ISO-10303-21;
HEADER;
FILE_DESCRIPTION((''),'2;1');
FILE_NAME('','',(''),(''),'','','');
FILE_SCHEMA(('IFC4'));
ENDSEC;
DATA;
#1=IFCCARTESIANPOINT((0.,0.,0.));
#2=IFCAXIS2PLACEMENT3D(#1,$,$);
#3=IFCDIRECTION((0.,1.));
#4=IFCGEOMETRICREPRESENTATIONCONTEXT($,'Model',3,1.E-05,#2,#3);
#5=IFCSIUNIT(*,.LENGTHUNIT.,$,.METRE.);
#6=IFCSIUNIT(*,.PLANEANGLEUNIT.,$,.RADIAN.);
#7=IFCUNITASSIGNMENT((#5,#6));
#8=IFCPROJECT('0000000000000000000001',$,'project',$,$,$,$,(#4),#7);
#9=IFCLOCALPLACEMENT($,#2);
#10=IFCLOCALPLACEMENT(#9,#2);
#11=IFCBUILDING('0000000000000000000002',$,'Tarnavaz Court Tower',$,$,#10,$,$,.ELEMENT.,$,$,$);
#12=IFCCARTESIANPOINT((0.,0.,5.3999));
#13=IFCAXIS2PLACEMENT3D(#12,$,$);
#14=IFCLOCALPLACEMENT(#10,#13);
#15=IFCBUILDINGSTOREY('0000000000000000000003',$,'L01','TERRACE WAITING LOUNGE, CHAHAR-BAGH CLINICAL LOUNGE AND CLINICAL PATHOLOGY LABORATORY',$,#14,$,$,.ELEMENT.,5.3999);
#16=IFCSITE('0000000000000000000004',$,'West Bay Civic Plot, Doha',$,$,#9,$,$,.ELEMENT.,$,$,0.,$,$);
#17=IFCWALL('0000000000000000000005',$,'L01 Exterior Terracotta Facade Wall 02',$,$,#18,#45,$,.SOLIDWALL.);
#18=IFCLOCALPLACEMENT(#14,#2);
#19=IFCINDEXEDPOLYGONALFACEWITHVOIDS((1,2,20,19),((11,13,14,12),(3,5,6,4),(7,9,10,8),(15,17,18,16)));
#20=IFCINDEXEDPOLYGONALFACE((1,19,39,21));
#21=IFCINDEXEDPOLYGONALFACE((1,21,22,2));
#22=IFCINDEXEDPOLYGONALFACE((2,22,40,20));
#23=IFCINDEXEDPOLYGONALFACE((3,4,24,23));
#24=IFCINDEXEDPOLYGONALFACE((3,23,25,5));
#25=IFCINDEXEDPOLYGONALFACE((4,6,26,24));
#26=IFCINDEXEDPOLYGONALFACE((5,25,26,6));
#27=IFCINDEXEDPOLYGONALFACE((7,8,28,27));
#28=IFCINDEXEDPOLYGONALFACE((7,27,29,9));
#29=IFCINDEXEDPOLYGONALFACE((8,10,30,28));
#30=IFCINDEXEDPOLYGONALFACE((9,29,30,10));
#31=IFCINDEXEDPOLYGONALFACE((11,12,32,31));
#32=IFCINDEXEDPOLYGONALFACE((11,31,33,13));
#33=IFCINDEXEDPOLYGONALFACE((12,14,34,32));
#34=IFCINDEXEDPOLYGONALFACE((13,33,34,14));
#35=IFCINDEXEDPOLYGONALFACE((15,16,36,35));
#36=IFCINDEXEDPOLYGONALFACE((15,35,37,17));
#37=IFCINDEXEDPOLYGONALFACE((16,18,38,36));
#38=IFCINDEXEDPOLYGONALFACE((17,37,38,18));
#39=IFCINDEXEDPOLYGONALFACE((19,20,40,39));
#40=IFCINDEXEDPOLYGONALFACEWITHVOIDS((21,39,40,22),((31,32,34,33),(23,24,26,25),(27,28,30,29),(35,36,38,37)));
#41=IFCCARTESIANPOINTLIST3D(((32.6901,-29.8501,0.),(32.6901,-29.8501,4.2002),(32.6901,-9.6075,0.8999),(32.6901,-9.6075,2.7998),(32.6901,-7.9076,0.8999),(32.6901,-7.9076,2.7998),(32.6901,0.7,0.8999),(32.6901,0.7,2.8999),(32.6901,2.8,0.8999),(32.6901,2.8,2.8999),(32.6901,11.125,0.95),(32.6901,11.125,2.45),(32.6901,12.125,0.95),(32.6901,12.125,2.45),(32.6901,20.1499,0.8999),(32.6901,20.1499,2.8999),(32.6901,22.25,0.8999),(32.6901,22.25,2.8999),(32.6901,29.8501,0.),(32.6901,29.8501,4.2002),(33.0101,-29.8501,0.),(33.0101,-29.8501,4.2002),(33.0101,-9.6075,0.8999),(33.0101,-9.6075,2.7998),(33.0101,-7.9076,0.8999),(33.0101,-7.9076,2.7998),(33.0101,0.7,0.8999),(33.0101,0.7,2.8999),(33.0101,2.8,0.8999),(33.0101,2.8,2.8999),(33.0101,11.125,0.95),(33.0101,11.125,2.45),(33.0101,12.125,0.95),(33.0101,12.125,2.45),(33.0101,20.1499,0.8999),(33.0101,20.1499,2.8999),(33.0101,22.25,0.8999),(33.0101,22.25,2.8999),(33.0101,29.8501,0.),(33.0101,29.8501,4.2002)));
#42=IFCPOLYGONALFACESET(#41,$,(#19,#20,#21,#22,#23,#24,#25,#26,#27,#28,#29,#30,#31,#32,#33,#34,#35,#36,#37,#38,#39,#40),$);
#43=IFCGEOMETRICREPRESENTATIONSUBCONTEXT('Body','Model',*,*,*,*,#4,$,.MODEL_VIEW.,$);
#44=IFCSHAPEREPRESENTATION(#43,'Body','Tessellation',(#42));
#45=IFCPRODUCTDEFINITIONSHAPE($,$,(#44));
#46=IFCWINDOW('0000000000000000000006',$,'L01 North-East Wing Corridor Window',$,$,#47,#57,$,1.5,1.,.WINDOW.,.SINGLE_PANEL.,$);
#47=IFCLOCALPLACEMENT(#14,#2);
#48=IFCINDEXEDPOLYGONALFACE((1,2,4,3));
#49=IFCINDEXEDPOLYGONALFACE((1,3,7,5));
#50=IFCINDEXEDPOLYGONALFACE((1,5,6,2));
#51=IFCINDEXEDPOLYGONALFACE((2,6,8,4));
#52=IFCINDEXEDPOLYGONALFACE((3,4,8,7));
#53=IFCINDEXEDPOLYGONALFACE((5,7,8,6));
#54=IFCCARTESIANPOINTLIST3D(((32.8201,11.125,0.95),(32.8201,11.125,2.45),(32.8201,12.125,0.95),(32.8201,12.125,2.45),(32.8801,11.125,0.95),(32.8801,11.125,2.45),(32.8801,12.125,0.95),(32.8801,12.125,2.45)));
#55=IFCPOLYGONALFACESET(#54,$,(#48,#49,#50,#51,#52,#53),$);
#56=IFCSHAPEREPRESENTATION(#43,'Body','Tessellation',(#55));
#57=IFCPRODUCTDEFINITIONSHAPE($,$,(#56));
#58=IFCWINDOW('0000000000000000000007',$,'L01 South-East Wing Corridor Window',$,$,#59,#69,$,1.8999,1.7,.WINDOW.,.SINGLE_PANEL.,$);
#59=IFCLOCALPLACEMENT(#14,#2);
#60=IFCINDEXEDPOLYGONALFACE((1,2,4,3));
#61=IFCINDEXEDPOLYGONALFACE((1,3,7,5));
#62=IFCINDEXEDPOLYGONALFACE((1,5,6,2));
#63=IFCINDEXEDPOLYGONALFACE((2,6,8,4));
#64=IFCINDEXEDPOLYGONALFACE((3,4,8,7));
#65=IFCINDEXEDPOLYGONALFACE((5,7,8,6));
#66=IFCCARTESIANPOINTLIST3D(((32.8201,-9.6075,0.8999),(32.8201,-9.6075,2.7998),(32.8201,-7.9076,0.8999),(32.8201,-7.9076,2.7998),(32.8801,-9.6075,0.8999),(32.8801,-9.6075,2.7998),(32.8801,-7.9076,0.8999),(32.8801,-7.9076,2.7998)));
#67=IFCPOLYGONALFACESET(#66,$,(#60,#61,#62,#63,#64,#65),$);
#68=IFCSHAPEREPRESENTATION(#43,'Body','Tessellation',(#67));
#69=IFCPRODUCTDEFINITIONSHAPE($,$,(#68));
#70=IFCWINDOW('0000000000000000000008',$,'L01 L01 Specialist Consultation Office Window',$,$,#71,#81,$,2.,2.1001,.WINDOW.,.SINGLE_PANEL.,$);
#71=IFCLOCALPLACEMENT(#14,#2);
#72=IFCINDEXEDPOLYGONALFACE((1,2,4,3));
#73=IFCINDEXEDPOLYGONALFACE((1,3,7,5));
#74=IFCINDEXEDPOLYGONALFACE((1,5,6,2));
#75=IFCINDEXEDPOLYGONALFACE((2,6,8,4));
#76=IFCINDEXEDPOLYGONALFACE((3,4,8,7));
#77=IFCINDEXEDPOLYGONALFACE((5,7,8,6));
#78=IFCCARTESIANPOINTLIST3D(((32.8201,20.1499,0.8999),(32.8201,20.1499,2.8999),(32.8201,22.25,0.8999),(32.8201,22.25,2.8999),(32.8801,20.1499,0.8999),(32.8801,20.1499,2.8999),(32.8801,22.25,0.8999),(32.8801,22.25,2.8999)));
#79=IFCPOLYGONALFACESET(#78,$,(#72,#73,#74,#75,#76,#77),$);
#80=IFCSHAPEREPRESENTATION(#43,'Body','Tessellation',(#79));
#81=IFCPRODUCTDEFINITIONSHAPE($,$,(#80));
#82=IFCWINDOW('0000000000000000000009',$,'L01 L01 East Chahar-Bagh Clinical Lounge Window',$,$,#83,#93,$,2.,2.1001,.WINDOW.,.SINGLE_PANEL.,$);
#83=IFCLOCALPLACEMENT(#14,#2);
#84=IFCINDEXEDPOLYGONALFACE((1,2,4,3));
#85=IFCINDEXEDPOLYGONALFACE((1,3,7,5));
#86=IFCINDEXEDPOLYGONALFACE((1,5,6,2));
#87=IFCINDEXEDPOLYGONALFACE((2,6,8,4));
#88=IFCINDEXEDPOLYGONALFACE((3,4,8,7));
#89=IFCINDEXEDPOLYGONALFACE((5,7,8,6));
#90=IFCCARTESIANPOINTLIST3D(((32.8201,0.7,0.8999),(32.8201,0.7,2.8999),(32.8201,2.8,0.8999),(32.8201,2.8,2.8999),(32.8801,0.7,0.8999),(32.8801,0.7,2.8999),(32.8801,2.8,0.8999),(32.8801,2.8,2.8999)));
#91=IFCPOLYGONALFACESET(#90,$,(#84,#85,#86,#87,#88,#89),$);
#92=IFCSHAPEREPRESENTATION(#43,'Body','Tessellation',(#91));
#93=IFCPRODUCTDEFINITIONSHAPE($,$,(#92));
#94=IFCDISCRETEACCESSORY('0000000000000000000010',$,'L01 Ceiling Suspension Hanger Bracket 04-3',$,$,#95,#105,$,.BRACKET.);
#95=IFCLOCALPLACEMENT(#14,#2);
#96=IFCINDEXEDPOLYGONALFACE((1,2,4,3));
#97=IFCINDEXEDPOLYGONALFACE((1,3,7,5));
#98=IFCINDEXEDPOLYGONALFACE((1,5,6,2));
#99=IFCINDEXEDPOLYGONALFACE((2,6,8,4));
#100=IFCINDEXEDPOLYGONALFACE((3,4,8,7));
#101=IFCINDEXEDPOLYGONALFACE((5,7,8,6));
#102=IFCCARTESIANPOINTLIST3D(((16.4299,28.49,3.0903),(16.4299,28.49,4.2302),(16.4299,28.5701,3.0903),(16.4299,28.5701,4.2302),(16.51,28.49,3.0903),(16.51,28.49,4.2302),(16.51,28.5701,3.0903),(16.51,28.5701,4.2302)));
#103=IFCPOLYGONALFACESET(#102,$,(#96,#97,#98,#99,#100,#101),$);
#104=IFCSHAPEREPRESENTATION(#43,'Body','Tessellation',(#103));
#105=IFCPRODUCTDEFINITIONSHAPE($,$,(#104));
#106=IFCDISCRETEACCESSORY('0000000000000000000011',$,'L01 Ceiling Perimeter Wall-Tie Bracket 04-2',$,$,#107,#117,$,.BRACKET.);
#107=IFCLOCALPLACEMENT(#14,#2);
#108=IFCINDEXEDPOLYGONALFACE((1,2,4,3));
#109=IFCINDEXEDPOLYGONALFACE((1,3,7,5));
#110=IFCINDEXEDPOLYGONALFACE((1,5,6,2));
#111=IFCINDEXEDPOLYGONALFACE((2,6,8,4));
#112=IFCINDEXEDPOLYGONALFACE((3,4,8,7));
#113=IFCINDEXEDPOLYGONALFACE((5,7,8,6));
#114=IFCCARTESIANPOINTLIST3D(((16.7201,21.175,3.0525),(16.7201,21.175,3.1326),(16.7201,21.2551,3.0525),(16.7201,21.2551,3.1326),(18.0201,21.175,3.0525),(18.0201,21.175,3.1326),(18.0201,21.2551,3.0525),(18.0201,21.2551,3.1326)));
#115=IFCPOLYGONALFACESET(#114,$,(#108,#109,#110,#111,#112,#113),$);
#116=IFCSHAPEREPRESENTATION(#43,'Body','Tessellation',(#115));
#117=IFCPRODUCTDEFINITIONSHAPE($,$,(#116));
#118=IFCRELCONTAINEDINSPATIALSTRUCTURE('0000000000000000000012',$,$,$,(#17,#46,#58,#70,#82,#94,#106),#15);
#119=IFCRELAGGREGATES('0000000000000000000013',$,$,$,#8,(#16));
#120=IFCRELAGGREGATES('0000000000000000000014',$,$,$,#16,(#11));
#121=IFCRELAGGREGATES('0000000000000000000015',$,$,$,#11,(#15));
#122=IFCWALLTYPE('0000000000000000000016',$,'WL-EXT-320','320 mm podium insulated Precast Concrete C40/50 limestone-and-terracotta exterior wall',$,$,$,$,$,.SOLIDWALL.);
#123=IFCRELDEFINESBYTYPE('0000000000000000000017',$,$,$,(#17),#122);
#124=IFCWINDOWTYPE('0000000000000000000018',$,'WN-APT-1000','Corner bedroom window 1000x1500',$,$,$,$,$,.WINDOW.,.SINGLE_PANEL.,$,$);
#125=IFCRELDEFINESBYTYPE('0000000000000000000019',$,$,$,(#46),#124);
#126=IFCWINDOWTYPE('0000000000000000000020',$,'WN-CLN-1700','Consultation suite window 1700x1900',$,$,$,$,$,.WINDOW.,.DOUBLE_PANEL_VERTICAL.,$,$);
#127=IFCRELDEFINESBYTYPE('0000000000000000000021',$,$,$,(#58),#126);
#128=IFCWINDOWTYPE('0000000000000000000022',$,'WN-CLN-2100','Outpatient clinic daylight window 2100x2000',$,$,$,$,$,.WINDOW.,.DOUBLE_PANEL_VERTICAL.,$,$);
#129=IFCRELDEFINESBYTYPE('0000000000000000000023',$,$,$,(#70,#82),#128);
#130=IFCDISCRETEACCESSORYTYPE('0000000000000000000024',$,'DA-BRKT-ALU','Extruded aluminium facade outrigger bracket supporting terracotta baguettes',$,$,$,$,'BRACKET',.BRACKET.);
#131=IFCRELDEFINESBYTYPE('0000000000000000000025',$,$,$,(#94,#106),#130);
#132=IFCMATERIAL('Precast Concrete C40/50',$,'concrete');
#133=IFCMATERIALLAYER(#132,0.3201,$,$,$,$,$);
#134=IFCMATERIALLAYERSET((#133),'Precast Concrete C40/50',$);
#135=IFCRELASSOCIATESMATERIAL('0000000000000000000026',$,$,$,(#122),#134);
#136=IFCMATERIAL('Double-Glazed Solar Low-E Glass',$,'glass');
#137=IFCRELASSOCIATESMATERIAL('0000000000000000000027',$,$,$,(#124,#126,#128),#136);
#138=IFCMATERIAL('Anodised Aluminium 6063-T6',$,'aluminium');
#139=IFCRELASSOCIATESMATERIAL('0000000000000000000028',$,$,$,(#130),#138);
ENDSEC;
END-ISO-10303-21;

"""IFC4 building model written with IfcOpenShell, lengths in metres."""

from ifc_helpers import new_model, si_unit, direction, frame, frame_2d, origin, origin_2d, place, context, subcontext, project, spatial, rectangle, extrude, material, layer, layer_set, type_object, element, fill, save


model = new_model("IFC4")

# Units and contexts
model_context = context("Model", 3, precision=1e-05, world=origin(), true_north=direction((0.0, 1.0)))
body_context = subcontext(model_context, "Body", "Model", "MODEL_VIEW")
ifc_project = project(units=[si_unit("LENGTHUNIT", "METRE"), si_unit("PLANEANGLEUNIT", "RADIAN")], contexts=[model_context])

# Site, building, storey
site_placement = place(None, origin())
site = spatial("IfcSite", under=ifc_project, at=site_placement, Name="West Bay Civic Plot, Doha", CompositionType="ELEMENT", RefElevation=0.0)
building_placement = place(site_placement, origin())
building = spatial("IfcBuilding", under=site, at=building_placement, Name="Tarnavaz Court Tower", CompositionType="ELEMENT")
storey_placement = place(building_placement, frame((0.0, 0.0, 5.3999)))
storey = spatial("IfcBuildingStorey", under=building, at=storey_placement, Name="L01", Description="TERRACE WAITING LOUNGE, CHAHAR-BAGH CLINICAL LOUNGE AND CLINICAL PATHOLOGY LABORATORY", CompositionType="ELEMENT", Elevation=5.3999)

# Shared definitions
ifc_material_1 = material(Name="Anodised Aluminium 6063-T6", Category="aluminium")
ifc_material_2 = material(Name="Double-Glazed Solar Low-E Glass", Category="glass")

# Wall, openings, windows
ifc_material_3 = material(Name="Precast Concrete C40/50", Category="concrete")
ifc_layer_1 = layer(ifc_material_3, 0.3201)
ifc_layer_set_1 = layer_set([ifc_layer_1], Name="Precast Concrete C40/50")
wall_type = type_object("IfcWallType", Name="WL-EXT-320", Description="320 mm podium insulated Precast Concrete C40/50 limestone-and-terracotta exterior wall", PredefinedType="SOLIDWALL", material=ifc_layer_set_1)
wall_placement = place(storey_placement, frame((32.8501, 29.8501, 0.0), z_axis=(0.0, 0.0, 1.0), x_axis=(0.0, -1.0, 0.0)))
wall = element("IfcWall", 1, at=wall_placement, inside=storey, type_object=wall_type, Name="L01 Exterior Terracotta Facade Wall 02", PredefinedType="SOLIDWALL", context=body_context, shape_type="SweptSolid", body=[
    extrude(rectangle(XDim=59.7002, YDim=0.3201, at=frame_2d((29.8501, 0.0))), origin(), (0.0, 0.0, 1.0), 4.2002),
])
opening_1_placement = place(wall_placement, frame((7.6001, 0.0, 0.8999)))
opening_1 = element("IfcOpeningElement", 2, at=opening_1_placement, cuts=wall, PredefinedType="OPENING", context=body_context, shape_type="SweptSolid", body=[
    extrude(rectangle(XDim=2.1001, YDim=2.0, at=frame_2d((1.05, 1.0))), frame((0.0, 0.1699, 0.0), z_axis=(0.0, -1.0, 0.0), x_axis=(1.0, 0.0, 0.0)), (0.0, 0.0, 1.0), 0.3401),
])
opening_2_placement = place(wall_placement, frame((17.7251, 0.0, 0.95)))
opening_2 = element("IfcOpeningElement", 3, at=opening_2_placement, cuts=wall, PredefinedType="OPENING", context=body_context, shape_type="SweptSolid", body=[
    extrude(rectangle(XDim=1.0, YDim=1.5, at=frame_2d((0.5, 0.75))), frame((0.0, 0.1699, 0.0), z_axis=(0.0, -1.0, 0.0), x_axis=(1.0, 0.0, 0.0)), (0.0, 0.0, 1.0), 0.3401),
])
opening_3_placement = place(wall_placement, frame((27.05, 0.0, 0.8999)))
opening_3 = element("IfcOpeningElement", 4, at=opening_3_placement, cuts=wall, PredefinedType="OPENING", context=body_context, shape_type="SweptSolid", body=[
    extrude(rectangle(XDim=2.1001, YDim=2.0, at=frame_2d((1.05, 1.0))), frame((0.0, 0.1699, 0.0), z_axis=(0.0, -1.0, 0.0), x_axis=(1.0, 0.0, 0.0)), (0.0, 0.0, 1.0), 0.3401),
])
opening_4_placement = place(wall_placement, frame((37.7576, 0.0, 0.8999)))
opening_4 = element("IfcOpeningElement", 5, at=opening_4_placement, cuts=wall, PredefinedType="OPENING", context=body_context, shape_type="SweptSolid", body=[
    extrude(rectangle(XDim=1.7, YDim=1.8999, at=frame_2d((0.8501, 0.95))), frame((0.0, 0.1699, 0.0), z_axis=(0.0, -1.0, 0.0), x_axis=(1.0, 0.0, 0.0)), (0.0, 0.0, 1.0), 0.3401),
])
window_type_1 = type_object("IfcWindowType", Name="WN-APT-1000", Description="Corner bedroom window 1000x1500", PartitioningType="SINGLE_PANEL", PredefinedType="WINDOW", material=ifc_material_2)
window_1_placement = place(opening_2_placement, origin())
window_1 = element("IfcWindow", 6, at=window_1_placement, inside=storey, type_object=window_type_1, Name="L01 North-East Wing Corridor Window", OverallHeight=1.5, OverallWidth=1.0, PartitioningType="SINGLE_PANEL", PredefinedType="WINDOW", context=body_context, shape_type="SweptSolid", body=[
    extrude(rectangle(XDim=1.0, YDim=1.5, at=frame_2d((0.5, 0.75))), frame((0.0, 0.03, 0.0), z_axis=(0.0, -1.0, 0.0), x_axis=(1.0, 0.0, 0.0)), (0.0, 0.0, 1.0), 0.0601),
])
fill(opening_2, window_1)
window_type_2 = type_object("IfcWindowType", Name="WN-CLN-1700", Description="Consultation suite window 1700x1900", PartitioningType="DOUBLE_PANEL_VERTICAL", PredefinedType="WINDOW", material=ifc_material_2)
window_2_placement = place(opening_4_placement, origin())
window_2 = element("IfcWindow", 7, at=window_2_placement, inside=storey, type_object=window_type_2, Name="L01 South-East Wing Corridor Window", OverallHeight=1.8999, OverallWidth=1.7, PartitioningType="SINGLE_PANEL", PredefinedType="WINDOW", context=body_context, shape_type="SweptSolid", body=[
    extrude(rectangle(XDim=1.7, YDim=1.8999, at=frame_2d((0.8501, 0.95))), frame((0.0, 0.03, 0.0), z_axis=(0.0, -1.0, 0.0), x_axis=(1.0, 0.0, 0.0)), (0.0, 0.0, 1.0), 0.0601),
])
fill(opening_4, window_2)
window_type_3 = type_object("IfcWindowType", Name="WN-CLN-2100", Description="Outpatient clinic daylight window 2100x2000", PartitioningType="DOUBLE_PANEL_VERTICAL", PredefinedType="WINDOW", material=ifc_material_2)
window_3_placement = place(opening_1_placement, origin())
window_3 = element("IfcWindow", 8, at=window_3_placement, inside=storey, type_object=window_type_3, Name="L01 L01 Specialist Consultation Office Window", OverallHeight=2.0, OverallWidth=2.1001, PartitioningType="SINGLE_PANEL", PredefinedType="WINDOW", context=body_context, shape_type="SweptSolid", body=[
    extrude(rectangle(XDim=2.1001, YDim=2.0, at=frame_2d((1.05, 1.0))), frame((0.0, 0.03, 0.0), z_axis=(0.0, -1.0, 0.0), x_axis=(1.0, 0.0, 0.0)), (0.0, 0.0, 1.0), 0.0601),
])
fill(opening_1, window_3)
window_4_placement = place(opening_3_placement, origin())
window_4 = element("IfcWindow", 9, at=window_4_placement, inside=storey, type_object=window_type_3, Name="L01 L01 East Chahar-Bagh Clinical Lounge Window", OverallHeight=2.0, OverallWidth=2.1001, PartitioningType="SINGLE_PANEL", PredefinedType="WINDOW", context=body_context, shape_type="SweptSolid", body=[
    extrude(rectangle(XDim=2.1001, YDim=2.0, at=frame_2d((1.05, 1.0))), frame((0.0, 0.03, 0.0), z_axis=(0.0, -1.0, 0.0), x_axis=(1.0, 0.0, 0.0)), (0.0, 0.0, 1.0), 0.0601),
])
fill(opening_3, window_4)

# Discrete accessories
discrete_accessory_type = type_object("IfcDiscreteAccessoryType", Name="DA-BRKT-ALU", Description="Extruded aluminium facade outrigger bracket supporting terracotta baguettes", ElementType="BRACKET", PredefinedType="BRACKET", material=ifc_material_1)
discrete_accessory_1_placement = place(storey_placement, frame((16.47, 28.53, 3.0903), z_axis=(0.0, 0.0, 1.0), x_axis=(1.0, 0.0, 0.0)))
element("IfcDiscreteAccessory", 10, at=discrete_accessory_1_placement, inside=storey, type_object=discrete_accessory_type, Name="L01 Ceiling Suspension Hanger Bracket 04-3", PredefinedType="BRACKET", context=body_context, shape_type="SweptSolid", body=[
    extrude(rectangle(XDim=0.0801, YDim=0.0801, at=origin_2d()), origin(), (0.0, 0.0, 1.0), 1.1399),
])
discrete_accessory_2_placement = place(storey_placement, frame((17.3701, 21.2151, 3.0525), z_axis=(0.0, 0.0, 1.0), x_axis=(1.0, 0.0, 0.0)))
element("IfcDiscreteAccessory", 11, at=discrete_accessory_2_placement, inside=storey, type_object=discrete_accessory_type, Name="L01 Ceiling Perimeter Wall-Tie Bracket 04-2", PredefinedType="BRACKET", context=body_context, shape_type="SweptSolid", body=[
    extrude(rectangle(XDim=1.3, YDim=0.0801, at=origin_2d()), origin(), (0.0, 0.0, 1.0), 0.0801),
])

save(model, "model.ifc")
